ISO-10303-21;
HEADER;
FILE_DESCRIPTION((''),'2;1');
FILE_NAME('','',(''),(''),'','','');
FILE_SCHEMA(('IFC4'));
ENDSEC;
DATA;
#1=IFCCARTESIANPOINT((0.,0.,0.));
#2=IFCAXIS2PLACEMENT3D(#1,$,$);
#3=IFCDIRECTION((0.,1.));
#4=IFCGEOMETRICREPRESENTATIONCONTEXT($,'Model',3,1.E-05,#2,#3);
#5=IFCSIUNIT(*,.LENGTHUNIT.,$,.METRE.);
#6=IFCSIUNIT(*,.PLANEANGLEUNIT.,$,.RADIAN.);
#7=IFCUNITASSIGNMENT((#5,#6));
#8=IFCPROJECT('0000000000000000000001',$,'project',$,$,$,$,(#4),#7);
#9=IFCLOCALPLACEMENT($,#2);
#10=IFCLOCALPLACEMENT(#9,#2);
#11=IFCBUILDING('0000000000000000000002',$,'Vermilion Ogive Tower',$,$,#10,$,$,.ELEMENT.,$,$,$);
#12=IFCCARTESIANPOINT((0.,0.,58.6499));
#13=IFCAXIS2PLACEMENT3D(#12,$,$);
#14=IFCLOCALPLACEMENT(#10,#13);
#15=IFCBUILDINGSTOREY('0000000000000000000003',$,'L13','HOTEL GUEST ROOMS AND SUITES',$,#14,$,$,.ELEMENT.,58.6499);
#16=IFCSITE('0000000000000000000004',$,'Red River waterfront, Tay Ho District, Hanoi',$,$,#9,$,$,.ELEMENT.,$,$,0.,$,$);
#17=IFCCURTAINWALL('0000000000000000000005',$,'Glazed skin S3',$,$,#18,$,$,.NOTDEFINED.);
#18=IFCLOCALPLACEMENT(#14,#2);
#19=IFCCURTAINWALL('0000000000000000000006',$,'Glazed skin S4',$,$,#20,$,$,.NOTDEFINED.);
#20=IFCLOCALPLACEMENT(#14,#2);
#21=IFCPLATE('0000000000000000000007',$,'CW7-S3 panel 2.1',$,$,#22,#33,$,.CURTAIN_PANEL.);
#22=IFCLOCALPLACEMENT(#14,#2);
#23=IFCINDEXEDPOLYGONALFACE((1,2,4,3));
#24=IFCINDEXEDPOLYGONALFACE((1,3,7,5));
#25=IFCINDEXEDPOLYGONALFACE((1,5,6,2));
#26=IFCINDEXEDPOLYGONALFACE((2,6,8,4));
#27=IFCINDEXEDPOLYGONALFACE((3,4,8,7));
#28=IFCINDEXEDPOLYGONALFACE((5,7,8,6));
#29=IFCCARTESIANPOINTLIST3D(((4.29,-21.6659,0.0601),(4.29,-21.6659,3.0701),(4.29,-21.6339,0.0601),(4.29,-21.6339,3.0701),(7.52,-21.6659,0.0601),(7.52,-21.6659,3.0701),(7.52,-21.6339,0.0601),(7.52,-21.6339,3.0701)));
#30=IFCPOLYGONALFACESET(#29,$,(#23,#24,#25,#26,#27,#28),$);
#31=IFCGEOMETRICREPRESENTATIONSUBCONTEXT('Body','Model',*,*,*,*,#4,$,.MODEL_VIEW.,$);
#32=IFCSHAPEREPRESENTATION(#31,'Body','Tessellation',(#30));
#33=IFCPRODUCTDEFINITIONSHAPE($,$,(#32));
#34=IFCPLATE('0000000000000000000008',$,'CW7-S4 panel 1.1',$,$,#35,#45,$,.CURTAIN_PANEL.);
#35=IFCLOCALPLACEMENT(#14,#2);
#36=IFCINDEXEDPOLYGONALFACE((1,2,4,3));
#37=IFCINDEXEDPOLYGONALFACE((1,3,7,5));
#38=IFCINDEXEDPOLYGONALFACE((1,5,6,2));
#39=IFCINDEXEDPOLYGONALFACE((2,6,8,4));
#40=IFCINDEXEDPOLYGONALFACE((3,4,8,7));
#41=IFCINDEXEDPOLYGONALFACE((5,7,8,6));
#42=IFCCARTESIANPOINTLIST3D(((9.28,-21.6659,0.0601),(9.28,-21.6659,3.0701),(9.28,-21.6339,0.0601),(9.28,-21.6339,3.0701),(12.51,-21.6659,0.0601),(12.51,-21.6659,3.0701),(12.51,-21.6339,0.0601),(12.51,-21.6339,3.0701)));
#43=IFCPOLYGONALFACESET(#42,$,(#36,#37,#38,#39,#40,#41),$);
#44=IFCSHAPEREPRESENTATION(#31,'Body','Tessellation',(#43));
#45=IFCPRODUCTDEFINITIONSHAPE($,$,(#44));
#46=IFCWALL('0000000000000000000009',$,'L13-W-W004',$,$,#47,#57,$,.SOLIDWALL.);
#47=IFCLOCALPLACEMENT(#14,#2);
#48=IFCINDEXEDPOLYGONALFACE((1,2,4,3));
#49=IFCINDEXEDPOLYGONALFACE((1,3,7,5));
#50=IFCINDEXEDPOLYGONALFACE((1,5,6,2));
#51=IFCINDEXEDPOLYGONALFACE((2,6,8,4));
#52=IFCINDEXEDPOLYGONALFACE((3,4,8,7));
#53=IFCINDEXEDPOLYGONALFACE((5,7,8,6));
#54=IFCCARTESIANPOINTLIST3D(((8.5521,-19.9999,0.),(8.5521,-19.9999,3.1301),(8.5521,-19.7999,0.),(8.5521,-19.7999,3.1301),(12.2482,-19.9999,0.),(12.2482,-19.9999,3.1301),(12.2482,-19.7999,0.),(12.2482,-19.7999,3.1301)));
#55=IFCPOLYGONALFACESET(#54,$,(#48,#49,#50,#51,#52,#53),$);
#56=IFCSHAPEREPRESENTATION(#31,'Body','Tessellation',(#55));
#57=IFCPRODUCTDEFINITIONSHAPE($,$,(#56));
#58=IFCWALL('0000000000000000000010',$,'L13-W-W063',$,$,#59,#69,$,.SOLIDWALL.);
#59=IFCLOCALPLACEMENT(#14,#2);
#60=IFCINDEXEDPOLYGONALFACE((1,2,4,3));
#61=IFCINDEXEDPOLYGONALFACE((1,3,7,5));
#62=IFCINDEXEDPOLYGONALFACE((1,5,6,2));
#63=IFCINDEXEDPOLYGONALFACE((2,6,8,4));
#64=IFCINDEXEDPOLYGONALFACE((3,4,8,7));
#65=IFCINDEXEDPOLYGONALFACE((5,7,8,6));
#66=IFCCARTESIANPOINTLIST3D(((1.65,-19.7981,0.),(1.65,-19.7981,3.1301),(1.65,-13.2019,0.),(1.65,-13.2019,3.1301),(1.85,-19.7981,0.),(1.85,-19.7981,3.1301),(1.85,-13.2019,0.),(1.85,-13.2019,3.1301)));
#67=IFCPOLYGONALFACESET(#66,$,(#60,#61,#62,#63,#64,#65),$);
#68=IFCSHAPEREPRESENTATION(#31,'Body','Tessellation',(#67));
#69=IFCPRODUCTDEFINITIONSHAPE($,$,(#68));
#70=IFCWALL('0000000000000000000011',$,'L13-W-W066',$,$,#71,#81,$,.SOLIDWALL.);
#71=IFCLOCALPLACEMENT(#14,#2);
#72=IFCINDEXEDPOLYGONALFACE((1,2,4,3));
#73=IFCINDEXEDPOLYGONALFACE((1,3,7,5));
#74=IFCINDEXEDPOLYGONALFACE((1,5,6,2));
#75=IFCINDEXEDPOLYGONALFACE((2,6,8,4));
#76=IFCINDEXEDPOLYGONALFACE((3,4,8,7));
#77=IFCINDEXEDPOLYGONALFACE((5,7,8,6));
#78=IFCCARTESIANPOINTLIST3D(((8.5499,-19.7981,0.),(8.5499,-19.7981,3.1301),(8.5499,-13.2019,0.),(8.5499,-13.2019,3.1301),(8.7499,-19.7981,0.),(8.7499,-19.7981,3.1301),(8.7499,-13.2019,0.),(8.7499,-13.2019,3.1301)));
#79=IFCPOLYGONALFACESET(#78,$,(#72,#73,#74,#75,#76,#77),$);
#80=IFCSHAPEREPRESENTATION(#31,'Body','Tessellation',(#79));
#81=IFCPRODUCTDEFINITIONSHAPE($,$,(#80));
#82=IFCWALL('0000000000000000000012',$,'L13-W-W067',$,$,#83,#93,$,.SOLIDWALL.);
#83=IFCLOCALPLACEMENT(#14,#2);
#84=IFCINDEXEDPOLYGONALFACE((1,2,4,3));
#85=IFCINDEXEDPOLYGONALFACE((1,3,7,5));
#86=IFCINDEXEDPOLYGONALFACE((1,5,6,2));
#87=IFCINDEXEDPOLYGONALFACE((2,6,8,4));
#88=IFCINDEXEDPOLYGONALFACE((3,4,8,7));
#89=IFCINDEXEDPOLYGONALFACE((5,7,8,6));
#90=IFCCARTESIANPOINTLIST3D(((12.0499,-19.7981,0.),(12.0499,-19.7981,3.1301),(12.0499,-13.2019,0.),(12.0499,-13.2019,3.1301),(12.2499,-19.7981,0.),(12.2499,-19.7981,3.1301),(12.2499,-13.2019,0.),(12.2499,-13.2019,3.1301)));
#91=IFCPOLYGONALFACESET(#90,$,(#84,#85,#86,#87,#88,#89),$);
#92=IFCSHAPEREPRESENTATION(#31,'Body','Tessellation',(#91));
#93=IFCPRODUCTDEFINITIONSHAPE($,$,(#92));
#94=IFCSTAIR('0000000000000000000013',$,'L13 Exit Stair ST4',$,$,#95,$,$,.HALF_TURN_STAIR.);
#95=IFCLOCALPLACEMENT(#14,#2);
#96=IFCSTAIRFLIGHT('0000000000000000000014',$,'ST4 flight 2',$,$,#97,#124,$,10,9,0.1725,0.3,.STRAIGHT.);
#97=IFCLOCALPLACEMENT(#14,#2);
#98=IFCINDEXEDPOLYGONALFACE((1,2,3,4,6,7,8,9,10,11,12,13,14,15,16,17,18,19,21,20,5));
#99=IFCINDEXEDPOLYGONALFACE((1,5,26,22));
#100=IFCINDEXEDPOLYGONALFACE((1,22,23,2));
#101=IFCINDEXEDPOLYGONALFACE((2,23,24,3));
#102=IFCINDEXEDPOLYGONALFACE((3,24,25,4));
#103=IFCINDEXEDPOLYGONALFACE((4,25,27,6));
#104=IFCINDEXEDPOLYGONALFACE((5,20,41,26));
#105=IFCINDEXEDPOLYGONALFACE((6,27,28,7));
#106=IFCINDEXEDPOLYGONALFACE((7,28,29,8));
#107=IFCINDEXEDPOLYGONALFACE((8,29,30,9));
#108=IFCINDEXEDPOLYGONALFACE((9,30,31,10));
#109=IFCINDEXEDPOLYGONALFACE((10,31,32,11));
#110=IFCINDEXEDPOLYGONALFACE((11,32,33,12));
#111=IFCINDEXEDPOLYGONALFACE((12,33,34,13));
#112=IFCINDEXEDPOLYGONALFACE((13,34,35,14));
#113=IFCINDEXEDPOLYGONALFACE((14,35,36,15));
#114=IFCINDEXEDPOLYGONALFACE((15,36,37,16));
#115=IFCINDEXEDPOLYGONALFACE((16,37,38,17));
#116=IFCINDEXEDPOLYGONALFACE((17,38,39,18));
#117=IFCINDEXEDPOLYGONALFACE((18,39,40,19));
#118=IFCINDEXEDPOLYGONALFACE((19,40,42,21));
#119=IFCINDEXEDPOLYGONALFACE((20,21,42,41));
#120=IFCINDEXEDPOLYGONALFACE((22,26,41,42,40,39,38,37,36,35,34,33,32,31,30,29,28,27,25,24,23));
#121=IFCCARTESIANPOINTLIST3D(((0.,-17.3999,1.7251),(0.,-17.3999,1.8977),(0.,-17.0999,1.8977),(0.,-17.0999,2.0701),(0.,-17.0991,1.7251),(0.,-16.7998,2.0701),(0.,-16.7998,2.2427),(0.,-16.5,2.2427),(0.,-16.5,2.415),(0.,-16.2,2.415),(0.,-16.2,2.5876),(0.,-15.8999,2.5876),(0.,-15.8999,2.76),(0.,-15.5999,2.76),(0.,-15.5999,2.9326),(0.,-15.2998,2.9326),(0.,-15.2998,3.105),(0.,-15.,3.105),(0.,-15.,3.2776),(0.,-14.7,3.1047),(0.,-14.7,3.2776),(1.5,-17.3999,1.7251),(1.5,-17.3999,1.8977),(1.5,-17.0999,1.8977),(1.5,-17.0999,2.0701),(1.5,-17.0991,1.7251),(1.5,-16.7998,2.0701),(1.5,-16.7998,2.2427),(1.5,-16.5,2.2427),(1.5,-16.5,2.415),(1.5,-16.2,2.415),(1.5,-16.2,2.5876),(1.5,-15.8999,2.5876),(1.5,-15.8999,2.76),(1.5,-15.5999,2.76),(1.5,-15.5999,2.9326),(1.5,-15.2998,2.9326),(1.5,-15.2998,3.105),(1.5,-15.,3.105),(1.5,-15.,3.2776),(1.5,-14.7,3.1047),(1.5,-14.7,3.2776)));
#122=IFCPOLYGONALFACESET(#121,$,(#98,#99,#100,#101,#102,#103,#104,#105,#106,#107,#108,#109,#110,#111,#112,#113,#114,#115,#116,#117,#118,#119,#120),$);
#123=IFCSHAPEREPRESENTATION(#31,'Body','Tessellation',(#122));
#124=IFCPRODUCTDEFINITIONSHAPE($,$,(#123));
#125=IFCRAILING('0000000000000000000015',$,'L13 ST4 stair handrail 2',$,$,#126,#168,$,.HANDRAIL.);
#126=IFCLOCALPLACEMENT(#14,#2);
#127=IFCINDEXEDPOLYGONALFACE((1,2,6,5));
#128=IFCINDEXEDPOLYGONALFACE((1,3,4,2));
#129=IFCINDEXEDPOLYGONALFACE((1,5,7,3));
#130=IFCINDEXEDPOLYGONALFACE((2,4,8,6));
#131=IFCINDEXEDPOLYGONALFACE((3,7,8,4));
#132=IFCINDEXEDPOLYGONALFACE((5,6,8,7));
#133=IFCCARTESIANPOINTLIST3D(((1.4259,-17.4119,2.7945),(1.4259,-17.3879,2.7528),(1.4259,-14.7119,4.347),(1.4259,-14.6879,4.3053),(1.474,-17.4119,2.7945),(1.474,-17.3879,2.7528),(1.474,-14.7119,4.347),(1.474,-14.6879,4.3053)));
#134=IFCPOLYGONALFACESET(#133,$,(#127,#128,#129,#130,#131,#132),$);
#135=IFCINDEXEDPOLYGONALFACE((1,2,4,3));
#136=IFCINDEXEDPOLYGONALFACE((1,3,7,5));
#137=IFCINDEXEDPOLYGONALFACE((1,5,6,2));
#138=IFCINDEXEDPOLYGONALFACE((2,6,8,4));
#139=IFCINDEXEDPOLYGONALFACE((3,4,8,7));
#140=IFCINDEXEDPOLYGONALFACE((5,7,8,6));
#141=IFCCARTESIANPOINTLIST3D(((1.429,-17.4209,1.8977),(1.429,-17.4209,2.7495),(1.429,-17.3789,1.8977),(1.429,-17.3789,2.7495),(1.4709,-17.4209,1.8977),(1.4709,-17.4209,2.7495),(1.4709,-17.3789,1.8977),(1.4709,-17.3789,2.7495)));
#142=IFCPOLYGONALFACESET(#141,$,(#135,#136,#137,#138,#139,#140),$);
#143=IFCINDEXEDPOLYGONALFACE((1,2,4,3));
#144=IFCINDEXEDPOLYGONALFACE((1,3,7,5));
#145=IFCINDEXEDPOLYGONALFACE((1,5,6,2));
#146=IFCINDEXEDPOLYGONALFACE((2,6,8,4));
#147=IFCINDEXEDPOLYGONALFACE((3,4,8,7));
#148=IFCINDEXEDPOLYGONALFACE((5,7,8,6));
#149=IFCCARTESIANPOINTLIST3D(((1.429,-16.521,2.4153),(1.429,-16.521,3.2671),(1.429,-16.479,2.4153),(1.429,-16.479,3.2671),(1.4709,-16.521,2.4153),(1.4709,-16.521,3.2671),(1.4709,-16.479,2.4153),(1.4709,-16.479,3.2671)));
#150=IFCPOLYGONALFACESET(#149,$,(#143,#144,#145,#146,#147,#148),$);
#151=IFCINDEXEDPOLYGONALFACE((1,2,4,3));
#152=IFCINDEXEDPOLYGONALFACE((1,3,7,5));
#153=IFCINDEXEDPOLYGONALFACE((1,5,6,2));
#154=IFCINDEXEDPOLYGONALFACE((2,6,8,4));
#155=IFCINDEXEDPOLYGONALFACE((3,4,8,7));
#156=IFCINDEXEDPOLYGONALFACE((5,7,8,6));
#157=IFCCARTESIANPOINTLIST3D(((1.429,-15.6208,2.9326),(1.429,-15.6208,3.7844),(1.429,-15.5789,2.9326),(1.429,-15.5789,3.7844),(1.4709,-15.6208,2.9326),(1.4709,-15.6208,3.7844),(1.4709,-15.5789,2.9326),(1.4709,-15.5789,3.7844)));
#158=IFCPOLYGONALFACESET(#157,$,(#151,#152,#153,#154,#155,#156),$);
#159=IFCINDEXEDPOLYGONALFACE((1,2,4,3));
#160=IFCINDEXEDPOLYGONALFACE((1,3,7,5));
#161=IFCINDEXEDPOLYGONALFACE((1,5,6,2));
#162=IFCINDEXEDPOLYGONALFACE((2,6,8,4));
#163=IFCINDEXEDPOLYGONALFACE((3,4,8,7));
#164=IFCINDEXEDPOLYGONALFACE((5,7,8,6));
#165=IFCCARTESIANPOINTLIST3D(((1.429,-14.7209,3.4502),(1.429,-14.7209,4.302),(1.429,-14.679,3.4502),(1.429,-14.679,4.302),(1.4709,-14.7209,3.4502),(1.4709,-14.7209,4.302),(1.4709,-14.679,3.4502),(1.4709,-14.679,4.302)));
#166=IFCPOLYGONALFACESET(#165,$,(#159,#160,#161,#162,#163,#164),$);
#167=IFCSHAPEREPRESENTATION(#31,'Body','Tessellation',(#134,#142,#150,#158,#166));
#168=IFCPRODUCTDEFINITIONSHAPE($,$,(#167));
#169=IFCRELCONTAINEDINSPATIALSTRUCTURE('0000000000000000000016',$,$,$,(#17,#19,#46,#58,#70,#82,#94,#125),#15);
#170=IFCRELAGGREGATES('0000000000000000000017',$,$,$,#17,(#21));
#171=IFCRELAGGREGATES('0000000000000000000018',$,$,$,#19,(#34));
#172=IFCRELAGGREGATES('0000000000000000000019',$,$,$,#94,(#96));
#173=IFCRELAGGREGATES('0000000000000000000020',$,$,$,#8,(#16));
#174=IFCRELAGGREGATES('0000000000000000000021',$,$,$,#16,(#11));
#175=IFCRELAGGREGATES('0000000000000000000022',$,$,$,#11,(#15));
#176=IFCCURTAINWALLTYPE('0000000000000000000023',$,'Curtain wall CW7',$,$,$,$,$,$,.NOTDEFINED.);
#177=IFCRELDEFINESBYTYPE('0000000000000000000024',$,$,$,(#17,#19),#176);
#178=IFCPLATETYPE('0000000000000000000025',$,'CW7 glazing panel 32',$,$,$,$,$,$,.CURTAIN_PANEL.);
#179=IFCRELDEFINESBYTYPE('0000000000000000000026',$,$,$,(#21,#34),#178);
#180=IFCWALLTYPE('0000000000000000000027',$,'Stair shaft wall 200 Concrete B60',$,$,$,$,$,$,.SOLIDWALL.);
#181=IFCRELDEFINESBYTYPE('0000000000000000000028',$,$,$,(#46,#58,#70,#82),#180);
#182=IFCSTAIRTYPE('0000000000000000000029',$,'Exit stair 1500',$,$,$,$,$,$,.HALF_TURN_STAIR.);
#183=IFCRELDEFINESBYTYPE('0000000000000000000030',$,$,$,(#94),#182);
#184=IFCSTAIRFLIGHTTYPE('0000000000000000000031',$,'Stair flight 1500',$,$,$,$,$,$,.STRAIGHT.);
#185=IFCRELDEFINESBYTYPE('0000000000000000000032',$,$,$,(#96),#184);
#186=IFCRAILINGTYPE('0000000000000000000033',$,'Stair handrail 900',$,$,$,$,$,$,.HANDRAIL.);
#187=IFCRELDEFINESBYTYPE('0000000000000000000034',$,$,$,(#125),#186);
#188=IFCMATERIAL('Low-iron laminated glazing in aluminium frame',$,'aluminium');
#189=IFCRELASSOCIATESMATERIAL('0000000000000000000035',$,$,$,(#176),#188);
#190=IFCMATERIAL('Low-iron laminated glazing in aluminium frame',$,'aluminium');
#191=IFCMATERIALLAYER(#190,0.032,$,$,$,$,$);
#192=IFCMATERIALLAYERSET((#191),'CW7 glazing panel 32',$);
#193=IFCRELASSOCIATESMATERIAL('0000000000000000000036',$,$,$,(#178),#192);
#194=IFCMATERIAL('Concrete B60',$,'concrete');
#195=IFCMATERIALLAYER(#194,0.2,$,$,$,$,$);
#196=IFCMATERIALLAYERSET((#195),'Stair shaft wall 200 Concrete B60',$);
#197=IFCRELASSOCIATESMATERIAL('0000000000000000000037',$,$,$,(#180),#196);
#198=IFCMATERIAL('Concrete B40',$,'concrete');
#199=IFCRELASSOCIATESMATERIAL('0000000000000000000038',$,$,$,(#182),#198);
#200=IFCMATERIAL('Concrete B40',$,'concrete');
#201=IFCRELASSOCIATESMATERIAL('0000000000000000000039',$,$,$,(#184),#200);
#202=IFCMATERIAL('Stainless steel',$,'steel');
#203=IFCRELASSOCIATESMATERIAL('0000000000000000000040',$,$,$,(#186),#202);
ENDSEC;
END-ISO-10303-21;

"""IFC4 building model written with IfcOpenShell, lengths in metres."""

from ifc_helpers import new_model, si_unit, direction, frame, frame_2d, origin, origin_2d, place, context, subcontext, project, spatial, polyline, rectangle, outline, extrude, material, layer, layer_set, type_object, element, aggregate, save


model = new_model("IFC4")

# Units and contexts
model_context = context("Model", 3, precision=1e-05, world=origin(), true_north=direction((0.0, 1.0)))
body_context = subcontext(model_context, "Body", "Model", "MODEL_VIEW")
ifc_project = project(units=[si_unit("LENGTHUNIT", "METRE"), si_unit("PLANEANGLEUNIT", "RADIAN")], contexts=[model_context])

# Site, building, storey
site_placement = place(None, origin())
site = spatial("IfcSite", under=ifc_project, at=site_placement, Name="Red River waterfront, Tay Ho District, Hanoi", CompositionType="ELEMENT", RefElevation=0.0)
building_placement = place(site_placement, origin())
building = spatial("IfcBuilding", under=site, at=building_placement, Name="Vermilion Ogive Tower", CompositionType="ELEMENT")
storey_placement = place(building_placement, frame((0.0, 0.0, 58.6499)))
storey = spatial("IfcBuildingStorey", under=building, at=storey_placement, Name="L13", Description="HOTEL GUEST ROOMS AND SUITES", CompositionType="ELEMENT", Elevation=58.6499)

# Curtain wall
ifc_material_1 = material(Name="Low-iron laminated glazing in aluminium frame", Category="aluminium")
curtain_wall_type = type_object("IfcCurtainWallType", Name="Curtain wall CW7", PredefinedType="NOTDEFINED", material=ifc_material_1)
curtain_wall_1_placement = place(storey_placement, origin())
curtain_wall_1 = element("IfcCurtainWall", 1, at=curtain_wall_1_placement, inside=storey, type_object=curtain_wall_type, Name="Glazed skin S3", PredefinedType="NOTDEFINED")

# Curtain wall
curtain_wall_2_placement = place(storey_placement, origin())
curtain_wall_2 = element("IfcCurtainWall", 2, at=curtain_wall_2_placement, inside=storey, type_object=curtain_wall_type, Name="Glazed skin S4", PredefinedType="NOTDEFINED")

# Plates
ifc_material_2 = material(Name="Low-iron laminated glazing in aluminium frame", Category="aluminium")
ifc_layer_1 = layer(ifc_material_2, 0.032)
ifc_layer_set_1 = layer_set([ifc_layer_1], Name="CW7 glazing panel 32")
plate_type = type_object("IfcPlateType", Name="CW7 glazing panel 32", PredefinedType="CURTAIN_PANEL", material=ifc_layer_set_1)
plate_1_placement = place(storey_placement, frame((5.905, -21.6499, 0.0601), z_axis=(0.0, 0.0, 1.0), x_axis=(1.0, 0.0, 0.0)))
plate_1 = element("IfcPlate", 3, at=plate_1_placement, type_object=plate_type, Name="CW7-S3 panel 2.1", PredefinedType="CURTAIN_PANEL", context=body_context, shape_type="SweptSolid", body=[
    extrude(rectangle(XDim=3.23, YDim=0.032, at=origin_2d()), origin(), (0.0, 0.0, 1.0), 3.01),
])
aggregate(curtain_wall_1, [plate_1])
plate_2_placement = place(storey_placement, frame((10.895, -21.6499, 0.0601), z_axis=(0.0, 0.0, 1.0), x_axis=(1.0, 0.0, 0.0)))
plate_2 = element("IfcPlate", 4, at=plate_2_placement, type_object=plate_type, Name="CW7-S4 panel 1.1", PredefinedType="CURTAIN_PANEL", context=body_context, shape_type="SweptSolid", body=[
    extrude(rectangle(XDim=3.23, YDim=0.032, at=origin_2d()), origin(), (0.0, 0.0, 1.0), 3.01),
])
aggregate(curtain_wall_2, [plate_2])

# Walls
ifc_material_3 = material(Name="Concrete B60", Category="concrete")
ifc_layer_2 = layer(ifc_material_3, 0.2)
ifc_layer_set_2 = layer_set([ifc_layer_2], Name="Stair shaft wall 200 Concrete B60")
wall_type = type_object("IfcWallType", Name="Stair shaft wall 200 Concrete B60", PredefinedType="SOLIDWALL", material=ifc_layer_set_2)
wall_placement = place(storey_placement, frame((8.552, -19.8999, 0.0), z_axis=(0.0, 0.0, 1.0), x_axis=(1.0, 0.0, 0.0)))
element("IfcWall", 5, at=wall_placement, inside=storey, type_object=wall_type, Name="L13-W-W004", PredefinedType="SOLIDWALL", context=body_context, shape_type="SweptSolid", body=[
    extrude(rectangle(XDim=3.696, YDim=0.2, at=frame_2d((1.8481, 0.0))), origin(), (0.0, 0.0, 1.0), 3.1301),
])
for number, where, z_axis, x_axis, name in (
    (6, (1.75, -19.7981, 0.0), (0.0, 0.0, 1.0), (0.0, 1.0, 0.0), "L13-W-W063"),
    (7, (8.6499, -19.7981, 0.0), (0.0, 0.0, 1.0), (0.0, 1.0, 0.0), "L13-W-W066"),
    (8, (12.1499, -19.7981, 0.0), (0.0, 0.0, 1.0), (0.0, 1.0, 0.0), "L13-W-W067"),
):
    element("IfcWall", number, at=place(storey_placement, frame(where, z_axis=z_axis, x_axis=x_axis)), inside=storey, type_object=wall_type, Name=name, PredefinedType="SOLIDWALL", context=body_context, shape_type="SweptSolid", body=[
        extrude(rectangle(XDim=6.5962, YDim=0.2, at=frame_2d((3.2981, 0.0))), origin(), (0.0, 0.0, 1.0), 3.1301),
    ])

# Stair, stair flight
ifc_material_4 = material(Name="Concrete B40", Category="concrete")
stair_type = type_object("IfcStairType", Name="Exit stair 1500", PredefinedType="HALF_TURN_STAIR", material=ifc_material_4)
stair_placement = place(storey_placement, origin())
stair = element("IfcStair", 9, at=stair_placement, inside=storey, type_object=stair_type, Name="L13 Exit Stair ST4", PredefinedType="HALF_TURN_STAIR")
ifc_material_5 = material(Name="Concrete B40", Category="concrete")
stair_flight_type = type_object("IfcStairFlightType", Name="Stair flight 1500", PredefinedType="STRAIGHT", material=ifc_material_5)
stair_flight_placement = place(storey_placement, frame((0.75, -17.3999, 1.7251), z_axis=(0.0, 0.0, 1.0), x_axis=(0.0, 1.0, 0.0)))
stair_flight = element("IfcStairFlight", 10, at=stair_flight_placement, type_object=stair_flight_type, Name="ST4 flight 2", NumberOfRisers=10, NumberOfTreads=9, PredefinedType="STRAIGHT", RiserHeight=0.1725, TreadLength=0.3, context=body_context, shape_type="SweptSolid", body=[
    extrude(outline(polyline([(0.0, 0.0), (0.0, 0.1726), (0.3, 0.1726), (0.3, 0.345), (0.6001, 0.345), (0.6001, 0.5176), (0.8999, 0.5176), (0.8999, 0.6899), (1.2, 0.6899), (1.2, 0.8625), (1.5, 0.8625), (1.5, 1.0349), (1.8, 1.0349), (1.8, 1.2075), (2.1001, 1.2075), (2.1001, 1.3799), (2.3999, 1.3799), (2.3999, 1.5525), (2.7, 1.5525), (2.7, 1.7251), (2.7, 1.3796), (0.3008, 0.0), (0.0, 0.0)])), frame((0.0, 0.75, 0.0), z_axis=(0.0, -1.0, 0.0), x_axis=(1.0, 0.0, 0.0)), (0.0, 0.0, 1.0), 1.5),
])
aggregate(stair, [stair_flight])

# Railing
ifc_material_6 = material(Name="Stainless steel", Category="steel")
railing_type = type_object("IfcRailingType", Name="Stair handrail 900", PredefinedType="HANDRAIL", material=ifc_material_6)
railing_placement = place(storey_placement, frame((1.45, -17.3999, 1.8977)))
element("IfcRailing", 11, at=railing_placement, inside=storey, type_object=railing_type, Name="L13 ST4 stair handrail 2", PredefinedType="HANDRAIL", context=body_context, shape_type="SweptSolid", body=[
    extrude(rectangle(XDim=0.0481, YDim=0.0481, at=origin_2d()), frame((0.0, 0.0, 0.876), z_axis=(0.0, 0.866904, 0.498476), x_axis=(-1.0, 0.0, 0.0)), (0.0, 0.0, 1.0), 3.1145),
    extrude(rectangle(XDim=0.042, YDim=0.042, at=origin_2d()), origin(), (0.0, 0.0, 1.0), 0.8518),
    extrude(rectangle(XDim=0.042, YDim=0.042, at=origin_2d()), frame((0.0, 0.8999, 0.5176)), (0.0, 0.0, 1.0), 0.8518),
    extrude(rectangle(XDim=0.042, YDim=0.042, at=origin_2d()), frame((0.0, 1.8, 1.0349)), (0.0, 0.0, 1.0), 0.8518),
    extrude(rectangle(XDim=0.042, YDim=0.042, at=origin_2d()), frame((0.0, 2.7, 1.5525)), (0.0, 0.0, 1.0), 0.8518),
])

save(model, "model.ifc")
